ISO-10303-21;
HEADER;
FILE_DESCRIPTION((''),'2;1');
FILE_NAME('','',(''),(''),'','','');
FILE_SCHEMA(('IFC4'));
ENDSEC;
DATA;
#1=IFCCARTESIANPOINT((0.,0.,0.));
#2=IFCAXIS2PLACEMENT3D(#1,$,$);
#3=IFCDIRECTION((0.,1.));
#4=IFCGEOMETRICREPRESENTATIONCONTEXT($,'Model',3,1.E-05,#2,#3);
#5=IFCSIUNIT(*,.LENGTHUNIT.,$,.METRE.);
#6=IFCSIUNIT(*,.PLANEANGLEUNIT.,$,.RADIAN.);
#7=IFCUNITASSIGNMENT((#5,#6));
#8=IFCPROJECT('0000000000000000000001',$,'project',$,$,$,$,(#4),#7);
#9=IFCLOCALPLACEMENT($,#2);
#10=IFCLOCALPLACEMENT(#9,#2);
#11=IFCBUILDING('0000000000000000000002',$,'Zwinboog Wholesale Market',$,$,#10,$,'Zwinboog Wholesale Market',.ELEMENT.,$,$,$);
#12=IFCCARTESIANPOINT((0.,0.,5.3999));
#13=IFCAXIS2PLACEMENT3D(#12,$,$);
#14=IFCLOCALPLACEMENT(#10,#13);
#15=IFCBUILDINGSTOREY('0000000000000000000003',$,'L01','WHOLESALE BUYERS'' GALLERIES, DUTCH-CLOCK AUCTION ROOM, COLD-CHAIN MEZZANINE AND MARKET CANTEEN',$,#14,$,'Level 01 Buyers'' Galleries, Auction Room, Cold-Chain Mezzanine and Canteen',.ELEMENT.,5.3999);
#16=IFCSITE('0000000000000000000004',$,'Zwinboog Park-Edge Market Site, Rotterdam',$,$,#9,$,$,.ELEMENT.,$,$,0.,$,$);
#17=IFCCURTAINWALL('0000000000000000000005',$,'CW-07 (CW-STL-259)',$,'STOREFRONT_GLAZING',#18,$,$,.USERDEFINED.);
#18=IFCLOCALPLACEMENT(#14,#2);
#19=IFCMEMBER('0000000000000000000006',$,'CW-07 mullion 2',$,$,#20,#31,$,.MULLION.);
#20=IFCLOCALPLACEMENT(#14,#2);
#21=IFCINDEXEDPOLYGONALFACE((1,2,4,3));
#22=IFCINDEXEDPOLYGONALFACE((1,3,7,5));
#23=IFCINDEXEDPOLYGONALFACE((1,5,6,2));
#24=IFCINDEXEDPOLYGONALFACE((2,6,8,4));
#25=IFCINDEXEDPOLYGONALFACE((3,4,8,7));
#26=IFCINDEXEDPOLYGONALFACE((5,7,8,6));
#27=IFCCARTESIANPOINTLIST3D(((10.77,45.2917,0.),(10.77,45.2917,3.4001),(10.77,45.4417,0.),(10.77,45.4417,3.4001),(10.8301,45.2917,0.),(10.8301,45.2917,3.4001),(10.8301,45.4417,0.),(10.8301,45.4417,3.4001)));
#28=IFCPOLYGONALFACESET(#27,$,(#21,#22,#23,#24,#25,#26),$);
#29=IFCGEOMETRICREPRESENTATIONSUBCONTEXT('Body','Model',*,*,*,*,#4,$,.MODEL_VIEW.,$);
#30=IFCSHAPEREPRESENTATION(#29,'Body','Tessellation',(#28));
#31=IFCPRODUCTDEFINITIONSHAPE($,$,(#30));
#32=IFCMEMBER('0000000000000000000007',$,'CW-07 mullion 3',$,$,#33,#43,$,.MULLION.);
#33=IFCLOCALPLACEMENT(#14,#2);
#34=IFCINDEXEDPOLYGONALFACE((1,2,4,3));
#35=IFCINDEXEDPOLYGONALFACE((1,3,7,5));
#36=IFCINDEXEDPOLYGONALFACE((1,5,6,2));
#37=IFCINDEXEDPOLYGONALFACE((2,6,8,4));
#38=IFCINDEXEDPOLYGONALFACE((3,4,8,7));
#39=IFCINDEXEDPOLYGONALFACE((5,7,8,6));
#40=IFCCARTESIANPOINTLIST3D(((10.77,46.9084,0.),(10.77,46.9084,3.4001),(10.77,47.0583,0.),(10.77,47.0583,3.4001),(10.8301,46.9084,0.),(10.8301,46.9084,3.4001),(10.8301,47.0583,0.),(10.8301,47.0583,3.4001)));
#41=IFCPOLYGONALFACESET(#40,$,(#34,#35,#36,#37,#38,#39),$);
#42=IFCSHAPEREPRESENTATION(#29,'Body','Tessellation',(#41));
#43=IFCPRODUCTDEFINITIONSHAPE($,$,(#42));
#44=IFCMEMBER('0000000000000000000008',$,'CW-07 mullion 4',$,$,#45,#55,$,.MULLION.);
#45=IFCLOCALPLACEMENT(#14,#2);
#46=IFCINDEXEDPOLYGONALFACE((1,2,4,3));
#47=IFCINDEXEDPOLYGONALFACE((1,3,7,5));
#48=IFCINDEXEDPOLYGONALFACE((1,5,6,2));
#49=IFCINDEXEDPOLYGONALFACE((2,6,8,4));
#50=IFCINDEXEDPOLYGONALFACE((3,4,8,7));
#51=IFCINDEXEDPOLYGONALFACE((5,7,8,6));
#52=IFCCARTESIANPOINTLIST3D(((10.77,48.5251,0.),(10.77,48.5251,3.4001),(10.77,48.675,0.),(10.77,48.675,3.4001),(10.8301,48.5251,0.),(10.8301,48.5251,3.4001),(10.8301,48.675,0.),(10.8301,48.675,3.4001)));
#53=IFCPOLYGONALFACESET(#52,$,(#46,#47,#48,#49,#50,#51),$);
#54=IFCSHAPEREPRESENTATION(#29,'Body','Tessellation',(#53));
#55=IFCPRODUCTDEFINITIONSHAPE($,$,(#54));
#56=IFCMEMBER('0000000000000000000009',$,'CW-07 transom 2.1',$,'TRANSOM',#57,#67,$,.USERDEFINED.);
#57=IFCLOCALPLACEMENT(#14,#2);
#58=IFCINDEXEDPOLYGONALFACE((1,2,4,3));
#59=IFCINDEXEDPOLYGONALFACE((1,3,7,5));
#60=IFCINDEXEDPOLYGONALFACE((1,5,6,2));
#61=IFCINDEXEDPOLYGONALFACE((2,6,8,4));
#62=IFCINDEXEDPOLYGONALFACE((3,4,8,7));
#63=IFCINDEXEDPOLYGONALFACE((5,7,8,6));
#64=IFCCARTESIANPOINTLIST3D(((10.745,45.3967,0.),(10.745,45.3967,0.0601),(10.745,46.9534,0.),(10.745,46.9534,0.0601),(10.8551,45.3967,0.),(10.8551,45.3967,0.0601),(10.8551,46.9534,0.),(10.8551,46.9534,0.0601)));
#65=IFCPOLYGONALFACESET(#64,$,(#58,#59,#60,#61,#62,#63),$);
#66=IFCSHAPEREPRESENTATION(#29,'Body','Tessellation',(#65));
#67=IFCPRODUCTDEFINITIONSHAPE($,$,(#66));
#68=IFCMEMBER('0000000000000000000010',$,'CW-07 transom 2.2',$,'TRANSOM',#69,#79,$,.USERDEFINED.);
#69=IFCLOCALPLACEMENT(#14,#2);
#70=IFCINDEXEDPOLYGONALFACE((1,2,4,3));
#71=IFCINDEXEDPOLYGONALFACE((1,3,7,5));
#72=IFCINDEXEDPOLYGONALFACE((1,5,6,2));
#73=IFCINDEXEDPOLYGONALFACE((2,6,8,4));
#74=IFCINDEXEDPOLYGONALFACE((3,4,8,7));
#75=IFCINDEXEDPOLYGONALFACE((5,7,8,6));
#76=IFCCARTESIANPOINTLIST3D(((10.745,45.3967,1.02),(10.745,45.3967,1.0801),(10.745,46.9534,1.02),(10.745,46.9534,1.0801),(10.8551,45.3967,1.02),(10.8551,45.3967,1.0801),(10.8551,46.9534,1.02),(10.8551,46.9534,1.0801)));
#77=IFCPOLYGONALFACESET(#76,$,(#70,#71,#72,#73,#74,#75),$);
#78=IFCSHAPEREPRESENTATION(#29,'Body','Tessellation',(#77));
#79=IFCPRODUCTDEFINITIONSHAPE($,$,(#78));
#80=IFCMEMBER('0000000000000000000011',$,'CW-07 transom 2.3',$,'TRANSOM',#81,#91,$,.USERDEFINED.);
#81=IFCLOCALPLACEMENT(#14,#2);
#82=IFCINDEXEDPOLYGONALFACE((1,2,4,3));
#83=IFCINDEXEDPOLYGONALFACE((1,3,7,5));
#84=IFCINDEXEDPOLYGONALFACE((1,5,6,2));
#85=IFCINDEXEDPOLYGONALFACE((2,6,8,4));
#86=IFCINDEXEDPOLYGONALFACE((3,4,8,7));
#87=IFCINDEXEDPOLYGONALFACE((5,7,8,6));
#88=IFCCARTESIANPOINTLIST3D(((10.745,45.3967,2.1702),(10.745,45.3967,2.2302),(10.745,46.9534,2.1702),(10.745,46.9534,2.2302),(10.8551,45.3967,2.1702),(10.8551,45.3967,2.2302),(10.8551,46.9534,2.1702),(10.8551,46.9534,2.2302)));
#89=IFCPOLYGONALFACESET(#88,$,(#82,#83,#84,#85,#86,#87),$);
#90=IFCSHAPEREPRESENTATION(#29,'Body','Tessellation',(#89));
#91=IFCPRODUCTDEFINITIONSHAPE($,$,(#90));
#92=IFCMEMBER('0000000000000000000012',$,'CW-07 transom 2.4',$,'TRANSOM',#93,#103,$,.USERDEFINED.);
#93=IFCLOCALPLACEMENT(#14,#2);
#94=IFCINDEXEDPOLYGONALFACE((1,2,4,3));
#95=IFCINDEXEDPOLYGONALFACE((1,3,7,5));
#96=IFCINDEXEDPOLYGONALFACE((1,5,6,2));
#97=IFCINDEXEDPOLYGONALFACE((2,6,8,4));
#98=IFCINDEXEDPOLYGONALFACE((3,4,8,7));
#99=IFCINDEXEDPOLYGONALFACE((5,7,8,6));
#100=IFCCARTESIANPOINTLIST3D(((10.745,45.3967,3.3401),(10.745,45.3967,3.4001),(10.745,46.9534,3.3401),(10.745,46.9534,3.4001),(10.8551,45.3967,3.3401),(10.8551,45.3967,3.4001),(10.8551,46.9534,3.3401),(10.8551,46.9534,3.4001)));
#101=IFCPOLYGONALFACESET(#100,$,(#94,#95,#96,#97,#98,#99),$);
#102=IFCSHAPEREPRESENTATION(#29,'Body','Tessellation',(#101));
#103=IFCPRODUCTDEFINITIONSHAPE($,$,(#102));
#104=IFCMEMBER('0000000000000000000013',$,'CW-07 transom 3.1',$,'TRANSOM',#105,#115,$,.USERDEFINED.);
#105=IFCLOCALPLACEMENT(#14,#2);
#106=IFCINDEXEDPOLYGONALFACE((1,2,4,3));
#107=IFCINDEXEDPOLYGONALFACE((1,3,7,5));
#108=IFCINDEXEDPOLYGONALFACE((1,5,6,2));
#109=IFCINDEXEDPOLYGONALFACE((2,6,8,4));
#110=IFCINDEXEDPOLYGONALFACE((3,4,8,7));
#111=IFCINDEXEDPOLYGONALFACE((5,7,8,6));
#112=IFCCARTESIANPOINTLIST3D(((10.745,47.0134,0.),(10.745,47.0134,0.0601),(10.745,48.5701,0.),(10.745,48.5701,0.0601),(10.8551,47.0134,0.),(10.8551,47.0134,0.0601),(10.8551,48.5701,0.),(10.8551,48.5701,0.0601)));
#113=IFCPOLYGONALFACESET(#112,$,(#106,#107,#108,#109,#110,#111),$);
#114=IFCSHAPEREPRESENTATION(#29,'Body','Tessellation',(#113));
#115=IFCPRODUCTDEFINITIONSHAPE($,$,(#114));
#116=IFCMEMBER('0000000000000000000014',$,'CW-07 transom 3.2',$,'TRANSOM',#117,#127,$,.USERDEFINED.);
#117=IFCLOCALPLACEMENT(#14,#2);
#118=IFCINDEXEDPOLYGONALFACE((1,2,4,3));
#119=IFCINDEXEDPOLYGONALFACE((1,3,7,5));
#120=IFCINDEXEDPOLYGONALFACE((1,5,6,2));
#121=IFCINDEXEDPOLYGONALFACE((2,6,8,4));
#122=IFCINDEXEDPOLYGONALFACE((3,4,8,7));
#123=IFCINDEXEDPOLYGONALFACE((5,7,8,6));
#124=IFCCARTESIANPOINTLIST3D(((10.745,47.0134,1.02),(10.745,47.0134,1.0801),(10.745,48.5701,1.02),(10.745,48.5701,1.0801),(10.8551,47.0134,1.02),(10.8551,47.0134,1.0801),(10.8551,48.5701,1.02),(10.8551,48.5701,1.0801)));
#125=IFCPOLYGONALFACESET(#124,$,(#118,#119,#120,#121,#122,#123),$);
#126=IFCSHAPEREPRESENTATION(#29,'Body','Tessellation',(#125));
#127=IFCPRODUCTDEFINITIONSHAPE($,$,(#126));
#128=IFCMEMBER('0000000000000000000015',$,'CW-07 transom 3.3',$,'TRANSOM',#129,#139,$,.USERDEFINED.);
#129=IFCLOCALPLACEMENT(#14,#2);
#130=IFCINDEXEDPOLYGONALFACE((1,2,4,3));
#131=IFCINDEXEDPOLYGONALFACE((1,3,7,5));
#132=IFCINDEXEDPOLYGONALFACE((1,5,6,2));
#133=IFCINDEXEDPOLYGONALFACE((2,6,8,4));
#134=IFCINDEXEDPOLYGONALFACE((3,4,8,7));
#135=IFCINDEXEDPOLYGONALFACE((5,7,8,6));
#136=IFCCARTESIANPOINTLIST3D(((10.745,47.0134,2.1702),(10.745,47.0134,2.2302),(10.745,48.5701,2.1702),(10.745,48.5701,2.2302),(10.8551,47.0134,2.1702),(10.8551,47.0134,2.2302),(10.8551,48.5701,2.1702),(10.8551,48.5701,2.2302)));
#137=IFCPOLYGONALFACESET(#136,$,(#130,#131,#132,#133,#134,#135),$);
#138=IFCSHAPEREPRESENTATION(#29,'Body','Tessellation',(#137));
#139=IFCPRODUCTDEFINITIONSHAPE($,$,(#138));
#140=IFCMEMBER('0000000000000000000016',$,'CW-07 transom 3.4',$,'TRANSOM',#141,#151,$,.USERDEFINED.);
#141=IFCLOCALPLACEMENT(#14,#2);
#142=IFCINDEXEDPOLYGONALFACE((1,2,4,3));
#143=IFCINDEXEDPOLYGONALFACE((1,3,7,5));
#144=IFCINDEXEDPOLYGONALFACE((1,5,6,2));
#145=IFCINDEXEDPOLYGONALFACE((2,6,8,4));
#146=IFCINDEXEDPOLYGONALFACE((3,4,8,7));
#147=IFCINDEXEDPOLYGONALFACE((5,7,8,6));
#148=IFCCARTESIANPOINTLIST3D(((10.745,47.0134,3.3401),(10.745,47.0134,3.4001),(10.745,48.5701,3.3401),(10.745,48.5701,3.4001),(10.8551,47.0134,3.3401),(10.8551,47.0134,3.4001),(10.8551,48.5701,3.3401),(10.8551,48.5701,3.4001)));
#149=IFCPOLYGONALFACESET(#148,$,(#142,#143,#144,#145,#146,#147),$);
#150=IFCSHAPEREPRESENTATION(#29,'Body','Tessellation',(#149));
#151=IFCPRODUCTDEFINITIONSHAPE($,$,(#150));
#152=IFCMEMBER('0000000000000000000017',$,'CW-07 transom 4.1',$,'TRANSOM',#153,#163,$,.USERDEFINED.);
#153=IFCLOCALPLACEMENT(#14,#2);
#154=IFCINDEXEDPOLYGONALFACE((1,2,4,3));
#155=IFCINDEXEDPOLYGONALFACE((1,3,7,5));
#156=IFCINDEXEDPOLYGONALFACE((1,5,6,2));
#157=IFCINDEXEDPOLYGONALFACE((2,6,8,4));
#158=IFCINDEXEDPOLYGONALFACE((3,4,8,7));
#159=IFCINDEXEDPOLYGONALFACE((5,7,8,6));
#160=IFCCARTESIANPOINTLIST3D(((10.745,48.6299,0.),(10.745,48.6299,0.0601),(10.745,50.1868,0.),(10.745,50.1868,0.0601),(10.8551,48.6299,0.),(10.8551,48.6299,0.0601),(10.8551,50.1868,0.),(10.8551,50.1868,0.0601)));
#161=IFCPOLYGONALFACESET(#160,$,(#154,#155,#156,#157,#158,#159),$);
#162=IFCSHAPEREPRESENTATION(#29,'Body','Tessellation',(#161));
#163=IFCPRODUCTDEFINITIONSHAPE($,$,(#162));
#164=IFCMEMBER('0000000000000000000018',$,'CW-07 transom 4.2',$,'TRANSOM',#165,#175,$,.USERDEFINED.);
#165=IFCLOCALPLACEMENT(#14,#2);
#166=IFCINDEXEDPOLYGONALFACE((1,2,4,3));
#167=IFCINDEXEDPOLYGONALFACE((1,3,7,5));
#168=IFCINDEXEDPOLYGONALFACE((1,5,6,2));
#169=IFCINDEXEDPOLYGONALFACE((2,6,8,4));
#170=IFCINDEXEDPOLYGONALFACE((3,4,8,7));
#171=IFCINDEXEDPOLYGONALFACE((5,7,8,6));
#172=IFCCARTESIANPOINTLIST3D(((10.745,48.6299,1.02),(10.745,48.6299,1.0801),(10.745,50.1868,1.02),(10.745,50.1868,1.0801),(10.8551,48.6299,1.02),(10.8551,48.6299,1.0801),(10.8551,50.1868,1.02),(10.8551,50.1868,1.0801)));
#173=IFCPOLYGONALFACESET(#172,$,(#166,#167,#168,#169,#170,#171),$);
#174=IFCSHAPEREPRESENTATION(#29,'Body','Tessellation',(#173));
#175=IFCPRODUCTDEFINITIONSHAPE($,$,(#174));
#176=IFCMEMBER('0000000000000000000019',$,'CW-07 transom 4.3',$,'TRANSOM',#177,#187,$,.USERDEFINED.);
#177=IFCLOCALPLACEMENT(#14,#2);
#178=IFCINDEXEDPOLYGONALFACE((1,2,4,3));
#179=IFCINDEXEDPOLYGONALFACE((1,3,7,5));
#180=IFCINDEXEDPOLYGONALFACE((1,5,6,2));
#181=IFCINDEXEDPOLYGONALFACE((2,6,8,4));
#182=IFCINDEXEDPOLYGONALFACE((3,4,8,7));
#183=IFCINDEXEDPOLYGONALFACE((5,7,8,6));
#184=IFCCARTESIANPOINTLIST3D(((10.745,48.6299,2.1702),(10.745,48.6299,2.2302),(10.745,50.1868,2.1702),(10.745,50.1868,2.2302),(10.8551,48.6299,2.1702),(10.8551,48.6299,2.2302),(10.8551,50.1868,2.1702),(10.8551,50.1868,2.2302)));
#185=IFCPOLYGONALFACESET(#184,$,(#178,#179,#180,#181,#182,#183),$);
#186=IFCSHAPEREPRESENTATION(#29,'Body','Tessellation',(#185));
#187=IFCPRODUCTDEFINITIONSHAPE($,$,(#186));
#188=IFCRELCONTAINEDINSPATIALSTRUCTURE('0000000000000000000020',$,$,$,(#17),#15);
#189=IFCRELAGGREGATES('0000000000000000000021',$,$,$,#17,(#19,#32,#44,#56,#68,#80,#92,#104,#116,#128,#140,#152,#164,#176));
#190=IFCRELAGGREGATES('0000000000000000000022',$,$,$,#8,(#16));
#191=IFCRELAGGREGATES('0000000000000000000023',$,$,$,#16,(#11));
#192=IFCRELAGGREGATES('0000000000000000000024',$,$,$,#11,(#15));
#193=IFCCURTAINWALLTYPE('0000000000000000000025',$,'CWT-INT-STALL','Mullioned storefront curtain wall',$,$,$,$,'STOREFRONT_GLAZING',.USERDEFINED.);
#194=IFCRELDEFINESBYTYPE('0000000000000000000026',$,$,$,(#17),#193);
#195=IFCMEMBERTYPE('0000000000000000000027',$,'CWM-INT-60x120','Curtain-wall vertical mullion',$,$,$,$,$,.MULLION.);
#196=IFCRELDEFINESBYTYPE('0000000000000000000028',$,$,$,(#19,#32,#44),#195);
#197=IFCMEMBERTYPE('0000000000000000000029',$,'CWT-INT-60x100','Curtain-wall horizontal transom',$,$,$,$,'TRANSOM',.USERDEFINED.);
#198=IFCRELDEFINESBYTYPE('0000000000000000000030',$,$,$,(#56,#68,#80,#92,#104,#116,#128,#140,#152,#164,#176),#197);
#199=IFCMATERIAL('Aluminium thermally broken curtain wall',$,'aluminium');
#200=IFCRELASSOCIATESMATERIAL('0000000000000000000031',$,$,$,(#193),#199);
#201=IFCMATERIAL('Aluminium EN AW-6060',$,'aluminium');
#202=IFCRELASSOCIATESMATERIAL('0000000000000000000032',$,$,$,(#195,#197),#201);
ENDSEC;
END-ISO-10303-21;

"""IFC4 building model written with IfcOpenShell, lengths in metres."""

from ifc_helpers import new_model, si_unit, direction, frame, origin, origin_2d, place, context, subcontext, project, spatial, rectangle, extrude, material, material_profile, profile_set, type_object, element, aggregate, save


model = new_model("IFC4")

# Units and contexts
model_context = context("Model", 3, precision=1e-05, world=origin(), true_north=direction((0.0, 1.0)))
body_context = subcontext(model_context, "Body", "Model", "MODEL_VIEW")
ifc_project = project(units=[si_unit("LENGTHUNIT", "METRE"), si_unit("PLANEANGLEUNIT", "RADIAN")], contexts=[model_context])

# Site, building, storey
site_placement = place(None, origin())
site = spatial("IfcSite", under=ifc_project, at=site_placement, Name="Zwinboog Park-Edge Market Site, Rotterdam", CompositionType="ELEMENT", RefElevation=0.0)
building_placement = place(site_placement, origin())
building = spatial("IfcBuilding", under=site, at=building_placement, Name="Zwinboog Wholesale Market", LongName="Zwinboog Wholesale Market", CompositionType="ELEMENT")
storey_placement = place(building_placement, frame((0.0, 0.0, 5.3999)))
storey = spatial("IfcBuildingStorey", under=building, at=storey_placement, Name="L01", Description="WHOLESALE BUYERS' GALLERIES, DUTCH-CLOCK AUCTION ROOM, COLD-CHAIN MEZZANINE AND MARKET CANTEEN", LongName="Level 01 Buyers' Galleries, Auction Room, Cold-Chain Mezzanine and Canteen", CompositionType="ELEMENT", Elevation=5.3999)

# Curtain wall, members
ifc_material_1 = material(Name="Aluminium thermally broken curtain wall", Category="aluminium")
curtain_wall_type = type_object("IfcCurtainWallType", Name="CWT-INT-STALL", Description="Mullioned storefront curtain wall", ElementType="STOREFRONT_GLAZING", PredefinedType="USERDEFINED", material=ifc_material_1)
curtain_wall_placement = place(storey_placement, origin())
curtain_wall = element("IfcCurtainWall", 1, at=curtain_wall_placement, inside=storey, type_object=curtain_wall_type, Name="CW-07 (CW-STL-259)", ObjectType="STOREFRONT_GLAZING", PredefinedType="USERDEFINED")
ifc_material_2 = material(Name="Aluminium EN AW-6060", Category="aluminium")
ifc_material_profile_1 = material_profile(ifc_material_2, rectangle(XDim=0.0601, YDim=0.1499, at=origin_2d()), Name="AL 60x150")
ifc_profile_set_1 = profile_set([ifc_material_profile_1], Name="Aluminium EN AW-6060")
member_type_1 = type_object("IfcMemberType", Name="CWM-INT-60x120", Description="Curtain-wall vertical mullion", PredefinedType="MULLION", material=ifc_profile_set_1)
member_1_placement = place(storey_placement, frame((10.8, 45.3667, 0.0), z_axis=(0.0, 0.0, 1.0), x_axis=(-1.0, 0.0, 0.0)))
member_1 = element("IfcMember", 2, at=member_1_placement, type_object=member_type_1, Name="CW-07 mullion 2", PredefinedType="MULLION", context=body_context, shape_type="SweptSolid", body=[
    extrude(rectangle(XDim=0.0601, YDim=0.1499, at=origin_2d()), origin(), (0.0, 0.0, 1.0), 3.4001),
])
member_2_placement = place(storey_placement, frame((10.8, 46.9834, 0.0), z_axis=(0.0, 0.0, 1.0), x_axis=(-1.0, 0.0, 0.0)))
member_2 = element("IfcMember", 3, at=member_2_placement, type_object=member_type_1, Name="CW-07 mullion 3", PredefinedType="MULLION", context=body_context, shape_type="SweptSolid", body=[
    extrude(rectangle(XDim=0.0601, YDim=0.1499, at=origin_2d()), origin(), (0.0, 0.0, 1.0), 3.4001),
])
member_3_placement = place(storey_placement, frame((10.8, 48.6001, 0.0), z_axis=(0.0, 0.0, 1.0), x_axis=(-1.0, 0.0, 0.0)))
member_3 = element("IfcMember", 4, at=member_3_placement, type_object=member_type_1, Name="CW-07 mullion 4", PredefinedType="MULLION", context=body_context, shape_type="SweptSolid", body=[
    extrude(rectangle(XDim=0.0601, YDim=0.1499, at=origin_2d()), origin(), (0.0, 0.0, 1.0), 3.4001),
])
ifc_material_profile_2 = material_profile(ifc_material_2, rectangle(XDim=0.1101, YDim=0.0601, at=origin_2d()), Name="AL 60x110")
ifc_profile_set_2 = profile_set([ifc_material_profile_2], Name="Aluminium EN AW-6060")
member_type_2 = type_object("IfcMemberType", Name="CWT-INT-60x100", Description="Curtain-wall horizontal transom", ElementType="TRANSOM", PredefinedType="USERDEFINED", material=ifc_profile_set_2)
member_4_placement = place(storey_placement, frame((10.8, 45.3967, 0.03), z_axis=(0.0, 1.0, 0.0), x_axis=(-1.0, 0.0, 0.0)))
member_4 = element("IfcMember", 5, at=member_4_placement, type_object=member_type_2, Name="CW-07 transom 2.1", ObjectType="TRANSOM", PredefinedType="USERDEFINED", context=body_context, shape_type="SweptSolid", body=[
    extrude(rectangle(XDim=0.1101, YDim=0.0601, at=origin_2d()), origin(), (0.0, 0.0, 1.0), 1.5566),
])
member_5_placement = place(storey_placement, frame((10.8, 45.3967, 1.05), z_axis=(0.0, 1.0, 0.0), x_axis=(-1.0, 0.0, 0.0)))
member_5 = element("IfcMember", 6, at=member_5_placement, type_object=member_type_2, Name="CW-07 transom 2.2", ObjectType="TRANSOM", PredefinedType="USERDEFINED", context=body_context, shape_type="SweptSolid", body=[
    extrude(rectangle(XDim=0.1101, YDim=0.0601, at=origin_2d()), origin(), (0.0, 0.0, 1.0), 1.5566),
])
member_6_placement = place(storey_placement, frame((10.8, 45.3967, 2.2002), z_axis=(0.0, 1.0, 0.0), x_axis=(-1.0, 0.0, 0.0)))
member_6 = element("IfcMember", 7, at=member_6_placement, type_object=member_type_2, Name="CW-07 transom 2.3", ObjectType="TRANSOM", PredefinedType="USERDEFINED", context=body_context, shape_type="SweptSolid", body=[
    extrude(rectangle(XDim=0.1101, YDim=0.0601, at=origin_2d()), origin(), (0.0, 0.0, 1.0), 1.5566),
])
member_7_placement = place(storey_placement, frame((10.8, 45.3967, 3.3701), z_axis=(0.0, 1.0, 0.0), x_axis=(-1.0, 0.0, 0.0)))
member_7 = element("IfcMember", 8, at=member_7_placement, type_object=member_type_2, Name="CW-07 transom 2.4", ObjectType="TRANSOM", PredefinedType="USERDEFINED", context=body_context, shape_type="SweptSolid", body=[
    extrude(rectangle(XDim=0.1101, YDim=0.0601, at=origin_2d()), origin(), (0.0, 0.0, 1.0), 1.5566),
])
member_8_placement = place(storey_placement, frame((10.8, 47.0134, 0.03), z_axis=(0.0, 1.0, 0.0), x_axis=(-1.0, 0.0, 0.0)))
member_8 = element("IfcMember", 9, at=member_8_placement, type_object=member_type_2, Name="CW-07 transom 3.1", ObjectType="TRANSOM", PredefinedType="USERDEFINED", context=body_context, shape_type="SweptSolid", body=[
    extrude(rectangle(XDim=0.1101, YDim=0.0601, at=origin_2d()), origin(), (0.0, 0.0, 1.0), 1.5566),
])
member_9_placement = place(storey_placement, frame((10.8, 47.0134, 1.05), z_axis=(0.0, 1.0, 0.0), x_axis=(-1.0, 0.0, 0.0)))
member_9 = element("IfcMember", 10, at=member_9_placement, type_object=member_type_2, Name="CW-07 transom 3.2", ObjectType="TRANSOM", PredefinedType="USERDEFINED", context=body_context, shape_type="SweptSolid", body=[
    extrude(rectangle(XDim=0.1101, YDim=0.0601, at=origin_2d()), origin(), (0.0, 0.0, 1.0), 1.5566),
])
member_10_placement = place(storey_placement, frame((10.8, 47.0134, 2.2002), z_axis=(0.0, 1.0, 0.0), x_axis=(-1.0, 0.0, 0.0)))
member_10 = element("IfcMember", 11, at=member_10_placement, type_object=member_type_2, Name="CW-07 transom 3.3", ObjectType="TRANSOM", PredefinedType="USERDEFINED", context=body_context, shape_type="SweptSolid", body=[
    extrude(rectangle(XDim=0.1101, YDim=0.0601, at=origin_2d()), origin(), (0.0, 0.0, 1.0), 1.5566),
])
member_11_placement = place(storey_placement, frame((10.8, 47.0134, 3.3701), z_axis=(0.0, 1.0, 0.0), x_axis=(-1.0, 0.0, 0.0)))
member_11 = element("IfcMember", 12, at=member_11_placement, type_object=member_type_2, Name="CW-07 transom 3.4", ObjectType="TRANSOM", PredefinedType="USERDEFINED", context=body_context, shape_type="SweptSolid", body=[
    extrude(rectangle(XDim=0.1101, YDim=0.0601, at=origin_2d()), origin(), (0.0, 0.0, 1.0), 1.5566),
])
member_12_placement = place(storey_placement, frame((10.8, 48.6299, 0.03), z_axis=(0.0, 1.0, 0.0), x_axis=(-1.0, 0.0, 0.0)))
member_12 = element("IfcMember", 13, at=member_12_placement, type_object=member_type_2, Name="CW-07 transom 4.1", ObjectType="TRANSOM", PredefinedType="USERDEFINED", context=body_context, shape_type="SweptSolid", body=[
    extrude(rectangle(XDim=0.1101, YDim=0.0601, at=origin_2d()), origin(), (0.0, 0.0, 1.0), 1.5569),
])
member_13_placement = place(storey_placement, frame((10.8, 48.6299, 1.05), z_axis=(0.0, 1.0, 0.0), x_axis=(-1.0, 0.0, 0.0)))
member_13 = element("IfcMember", 14, at=member_13_placement, type_object=member_type_2, Name="CW-07 transom 4.2", ObjectType="TRANSOM", PredefinedType="USERDEFINED", context=body_context, shape_type="SweptSolid", body=[
    extrude(rectangle(XDim=0.1101, YDim=0.0601, at=origin_2d()), origin(), (0.0, 0.0, 1.0), 1.5569),
])
member_14_placement = place(storey_placement, frame((10.8, 48.6299, 2.2002), z_axis=(0.0, 1.0, 0.0), x_axis=(-1.0, 0.0, 0.0)))
member_14 = element("IfcMember", 15, at=member_14_placement, type_object=member_type_2, Name="CW-07 transom 4.3", ObjectType="TRANSOM", PredefinedType="USERDEFINED", context=body_context, shape_type="SweptSolid", body=[
    extrude(rectangle(XDim=0.1101, YDim=0.0601, at=origin_2d()), origin(), (0.0, 0.0, 1.0), 1.5569),
])
aggregate(curtain_wall, [member_1, member_2, member_3, member_4, member_5, member_6, member_7, member_8, member_9, member_10, member_11, member_12, member_13, member_14])

save(model, "model.ifc")
